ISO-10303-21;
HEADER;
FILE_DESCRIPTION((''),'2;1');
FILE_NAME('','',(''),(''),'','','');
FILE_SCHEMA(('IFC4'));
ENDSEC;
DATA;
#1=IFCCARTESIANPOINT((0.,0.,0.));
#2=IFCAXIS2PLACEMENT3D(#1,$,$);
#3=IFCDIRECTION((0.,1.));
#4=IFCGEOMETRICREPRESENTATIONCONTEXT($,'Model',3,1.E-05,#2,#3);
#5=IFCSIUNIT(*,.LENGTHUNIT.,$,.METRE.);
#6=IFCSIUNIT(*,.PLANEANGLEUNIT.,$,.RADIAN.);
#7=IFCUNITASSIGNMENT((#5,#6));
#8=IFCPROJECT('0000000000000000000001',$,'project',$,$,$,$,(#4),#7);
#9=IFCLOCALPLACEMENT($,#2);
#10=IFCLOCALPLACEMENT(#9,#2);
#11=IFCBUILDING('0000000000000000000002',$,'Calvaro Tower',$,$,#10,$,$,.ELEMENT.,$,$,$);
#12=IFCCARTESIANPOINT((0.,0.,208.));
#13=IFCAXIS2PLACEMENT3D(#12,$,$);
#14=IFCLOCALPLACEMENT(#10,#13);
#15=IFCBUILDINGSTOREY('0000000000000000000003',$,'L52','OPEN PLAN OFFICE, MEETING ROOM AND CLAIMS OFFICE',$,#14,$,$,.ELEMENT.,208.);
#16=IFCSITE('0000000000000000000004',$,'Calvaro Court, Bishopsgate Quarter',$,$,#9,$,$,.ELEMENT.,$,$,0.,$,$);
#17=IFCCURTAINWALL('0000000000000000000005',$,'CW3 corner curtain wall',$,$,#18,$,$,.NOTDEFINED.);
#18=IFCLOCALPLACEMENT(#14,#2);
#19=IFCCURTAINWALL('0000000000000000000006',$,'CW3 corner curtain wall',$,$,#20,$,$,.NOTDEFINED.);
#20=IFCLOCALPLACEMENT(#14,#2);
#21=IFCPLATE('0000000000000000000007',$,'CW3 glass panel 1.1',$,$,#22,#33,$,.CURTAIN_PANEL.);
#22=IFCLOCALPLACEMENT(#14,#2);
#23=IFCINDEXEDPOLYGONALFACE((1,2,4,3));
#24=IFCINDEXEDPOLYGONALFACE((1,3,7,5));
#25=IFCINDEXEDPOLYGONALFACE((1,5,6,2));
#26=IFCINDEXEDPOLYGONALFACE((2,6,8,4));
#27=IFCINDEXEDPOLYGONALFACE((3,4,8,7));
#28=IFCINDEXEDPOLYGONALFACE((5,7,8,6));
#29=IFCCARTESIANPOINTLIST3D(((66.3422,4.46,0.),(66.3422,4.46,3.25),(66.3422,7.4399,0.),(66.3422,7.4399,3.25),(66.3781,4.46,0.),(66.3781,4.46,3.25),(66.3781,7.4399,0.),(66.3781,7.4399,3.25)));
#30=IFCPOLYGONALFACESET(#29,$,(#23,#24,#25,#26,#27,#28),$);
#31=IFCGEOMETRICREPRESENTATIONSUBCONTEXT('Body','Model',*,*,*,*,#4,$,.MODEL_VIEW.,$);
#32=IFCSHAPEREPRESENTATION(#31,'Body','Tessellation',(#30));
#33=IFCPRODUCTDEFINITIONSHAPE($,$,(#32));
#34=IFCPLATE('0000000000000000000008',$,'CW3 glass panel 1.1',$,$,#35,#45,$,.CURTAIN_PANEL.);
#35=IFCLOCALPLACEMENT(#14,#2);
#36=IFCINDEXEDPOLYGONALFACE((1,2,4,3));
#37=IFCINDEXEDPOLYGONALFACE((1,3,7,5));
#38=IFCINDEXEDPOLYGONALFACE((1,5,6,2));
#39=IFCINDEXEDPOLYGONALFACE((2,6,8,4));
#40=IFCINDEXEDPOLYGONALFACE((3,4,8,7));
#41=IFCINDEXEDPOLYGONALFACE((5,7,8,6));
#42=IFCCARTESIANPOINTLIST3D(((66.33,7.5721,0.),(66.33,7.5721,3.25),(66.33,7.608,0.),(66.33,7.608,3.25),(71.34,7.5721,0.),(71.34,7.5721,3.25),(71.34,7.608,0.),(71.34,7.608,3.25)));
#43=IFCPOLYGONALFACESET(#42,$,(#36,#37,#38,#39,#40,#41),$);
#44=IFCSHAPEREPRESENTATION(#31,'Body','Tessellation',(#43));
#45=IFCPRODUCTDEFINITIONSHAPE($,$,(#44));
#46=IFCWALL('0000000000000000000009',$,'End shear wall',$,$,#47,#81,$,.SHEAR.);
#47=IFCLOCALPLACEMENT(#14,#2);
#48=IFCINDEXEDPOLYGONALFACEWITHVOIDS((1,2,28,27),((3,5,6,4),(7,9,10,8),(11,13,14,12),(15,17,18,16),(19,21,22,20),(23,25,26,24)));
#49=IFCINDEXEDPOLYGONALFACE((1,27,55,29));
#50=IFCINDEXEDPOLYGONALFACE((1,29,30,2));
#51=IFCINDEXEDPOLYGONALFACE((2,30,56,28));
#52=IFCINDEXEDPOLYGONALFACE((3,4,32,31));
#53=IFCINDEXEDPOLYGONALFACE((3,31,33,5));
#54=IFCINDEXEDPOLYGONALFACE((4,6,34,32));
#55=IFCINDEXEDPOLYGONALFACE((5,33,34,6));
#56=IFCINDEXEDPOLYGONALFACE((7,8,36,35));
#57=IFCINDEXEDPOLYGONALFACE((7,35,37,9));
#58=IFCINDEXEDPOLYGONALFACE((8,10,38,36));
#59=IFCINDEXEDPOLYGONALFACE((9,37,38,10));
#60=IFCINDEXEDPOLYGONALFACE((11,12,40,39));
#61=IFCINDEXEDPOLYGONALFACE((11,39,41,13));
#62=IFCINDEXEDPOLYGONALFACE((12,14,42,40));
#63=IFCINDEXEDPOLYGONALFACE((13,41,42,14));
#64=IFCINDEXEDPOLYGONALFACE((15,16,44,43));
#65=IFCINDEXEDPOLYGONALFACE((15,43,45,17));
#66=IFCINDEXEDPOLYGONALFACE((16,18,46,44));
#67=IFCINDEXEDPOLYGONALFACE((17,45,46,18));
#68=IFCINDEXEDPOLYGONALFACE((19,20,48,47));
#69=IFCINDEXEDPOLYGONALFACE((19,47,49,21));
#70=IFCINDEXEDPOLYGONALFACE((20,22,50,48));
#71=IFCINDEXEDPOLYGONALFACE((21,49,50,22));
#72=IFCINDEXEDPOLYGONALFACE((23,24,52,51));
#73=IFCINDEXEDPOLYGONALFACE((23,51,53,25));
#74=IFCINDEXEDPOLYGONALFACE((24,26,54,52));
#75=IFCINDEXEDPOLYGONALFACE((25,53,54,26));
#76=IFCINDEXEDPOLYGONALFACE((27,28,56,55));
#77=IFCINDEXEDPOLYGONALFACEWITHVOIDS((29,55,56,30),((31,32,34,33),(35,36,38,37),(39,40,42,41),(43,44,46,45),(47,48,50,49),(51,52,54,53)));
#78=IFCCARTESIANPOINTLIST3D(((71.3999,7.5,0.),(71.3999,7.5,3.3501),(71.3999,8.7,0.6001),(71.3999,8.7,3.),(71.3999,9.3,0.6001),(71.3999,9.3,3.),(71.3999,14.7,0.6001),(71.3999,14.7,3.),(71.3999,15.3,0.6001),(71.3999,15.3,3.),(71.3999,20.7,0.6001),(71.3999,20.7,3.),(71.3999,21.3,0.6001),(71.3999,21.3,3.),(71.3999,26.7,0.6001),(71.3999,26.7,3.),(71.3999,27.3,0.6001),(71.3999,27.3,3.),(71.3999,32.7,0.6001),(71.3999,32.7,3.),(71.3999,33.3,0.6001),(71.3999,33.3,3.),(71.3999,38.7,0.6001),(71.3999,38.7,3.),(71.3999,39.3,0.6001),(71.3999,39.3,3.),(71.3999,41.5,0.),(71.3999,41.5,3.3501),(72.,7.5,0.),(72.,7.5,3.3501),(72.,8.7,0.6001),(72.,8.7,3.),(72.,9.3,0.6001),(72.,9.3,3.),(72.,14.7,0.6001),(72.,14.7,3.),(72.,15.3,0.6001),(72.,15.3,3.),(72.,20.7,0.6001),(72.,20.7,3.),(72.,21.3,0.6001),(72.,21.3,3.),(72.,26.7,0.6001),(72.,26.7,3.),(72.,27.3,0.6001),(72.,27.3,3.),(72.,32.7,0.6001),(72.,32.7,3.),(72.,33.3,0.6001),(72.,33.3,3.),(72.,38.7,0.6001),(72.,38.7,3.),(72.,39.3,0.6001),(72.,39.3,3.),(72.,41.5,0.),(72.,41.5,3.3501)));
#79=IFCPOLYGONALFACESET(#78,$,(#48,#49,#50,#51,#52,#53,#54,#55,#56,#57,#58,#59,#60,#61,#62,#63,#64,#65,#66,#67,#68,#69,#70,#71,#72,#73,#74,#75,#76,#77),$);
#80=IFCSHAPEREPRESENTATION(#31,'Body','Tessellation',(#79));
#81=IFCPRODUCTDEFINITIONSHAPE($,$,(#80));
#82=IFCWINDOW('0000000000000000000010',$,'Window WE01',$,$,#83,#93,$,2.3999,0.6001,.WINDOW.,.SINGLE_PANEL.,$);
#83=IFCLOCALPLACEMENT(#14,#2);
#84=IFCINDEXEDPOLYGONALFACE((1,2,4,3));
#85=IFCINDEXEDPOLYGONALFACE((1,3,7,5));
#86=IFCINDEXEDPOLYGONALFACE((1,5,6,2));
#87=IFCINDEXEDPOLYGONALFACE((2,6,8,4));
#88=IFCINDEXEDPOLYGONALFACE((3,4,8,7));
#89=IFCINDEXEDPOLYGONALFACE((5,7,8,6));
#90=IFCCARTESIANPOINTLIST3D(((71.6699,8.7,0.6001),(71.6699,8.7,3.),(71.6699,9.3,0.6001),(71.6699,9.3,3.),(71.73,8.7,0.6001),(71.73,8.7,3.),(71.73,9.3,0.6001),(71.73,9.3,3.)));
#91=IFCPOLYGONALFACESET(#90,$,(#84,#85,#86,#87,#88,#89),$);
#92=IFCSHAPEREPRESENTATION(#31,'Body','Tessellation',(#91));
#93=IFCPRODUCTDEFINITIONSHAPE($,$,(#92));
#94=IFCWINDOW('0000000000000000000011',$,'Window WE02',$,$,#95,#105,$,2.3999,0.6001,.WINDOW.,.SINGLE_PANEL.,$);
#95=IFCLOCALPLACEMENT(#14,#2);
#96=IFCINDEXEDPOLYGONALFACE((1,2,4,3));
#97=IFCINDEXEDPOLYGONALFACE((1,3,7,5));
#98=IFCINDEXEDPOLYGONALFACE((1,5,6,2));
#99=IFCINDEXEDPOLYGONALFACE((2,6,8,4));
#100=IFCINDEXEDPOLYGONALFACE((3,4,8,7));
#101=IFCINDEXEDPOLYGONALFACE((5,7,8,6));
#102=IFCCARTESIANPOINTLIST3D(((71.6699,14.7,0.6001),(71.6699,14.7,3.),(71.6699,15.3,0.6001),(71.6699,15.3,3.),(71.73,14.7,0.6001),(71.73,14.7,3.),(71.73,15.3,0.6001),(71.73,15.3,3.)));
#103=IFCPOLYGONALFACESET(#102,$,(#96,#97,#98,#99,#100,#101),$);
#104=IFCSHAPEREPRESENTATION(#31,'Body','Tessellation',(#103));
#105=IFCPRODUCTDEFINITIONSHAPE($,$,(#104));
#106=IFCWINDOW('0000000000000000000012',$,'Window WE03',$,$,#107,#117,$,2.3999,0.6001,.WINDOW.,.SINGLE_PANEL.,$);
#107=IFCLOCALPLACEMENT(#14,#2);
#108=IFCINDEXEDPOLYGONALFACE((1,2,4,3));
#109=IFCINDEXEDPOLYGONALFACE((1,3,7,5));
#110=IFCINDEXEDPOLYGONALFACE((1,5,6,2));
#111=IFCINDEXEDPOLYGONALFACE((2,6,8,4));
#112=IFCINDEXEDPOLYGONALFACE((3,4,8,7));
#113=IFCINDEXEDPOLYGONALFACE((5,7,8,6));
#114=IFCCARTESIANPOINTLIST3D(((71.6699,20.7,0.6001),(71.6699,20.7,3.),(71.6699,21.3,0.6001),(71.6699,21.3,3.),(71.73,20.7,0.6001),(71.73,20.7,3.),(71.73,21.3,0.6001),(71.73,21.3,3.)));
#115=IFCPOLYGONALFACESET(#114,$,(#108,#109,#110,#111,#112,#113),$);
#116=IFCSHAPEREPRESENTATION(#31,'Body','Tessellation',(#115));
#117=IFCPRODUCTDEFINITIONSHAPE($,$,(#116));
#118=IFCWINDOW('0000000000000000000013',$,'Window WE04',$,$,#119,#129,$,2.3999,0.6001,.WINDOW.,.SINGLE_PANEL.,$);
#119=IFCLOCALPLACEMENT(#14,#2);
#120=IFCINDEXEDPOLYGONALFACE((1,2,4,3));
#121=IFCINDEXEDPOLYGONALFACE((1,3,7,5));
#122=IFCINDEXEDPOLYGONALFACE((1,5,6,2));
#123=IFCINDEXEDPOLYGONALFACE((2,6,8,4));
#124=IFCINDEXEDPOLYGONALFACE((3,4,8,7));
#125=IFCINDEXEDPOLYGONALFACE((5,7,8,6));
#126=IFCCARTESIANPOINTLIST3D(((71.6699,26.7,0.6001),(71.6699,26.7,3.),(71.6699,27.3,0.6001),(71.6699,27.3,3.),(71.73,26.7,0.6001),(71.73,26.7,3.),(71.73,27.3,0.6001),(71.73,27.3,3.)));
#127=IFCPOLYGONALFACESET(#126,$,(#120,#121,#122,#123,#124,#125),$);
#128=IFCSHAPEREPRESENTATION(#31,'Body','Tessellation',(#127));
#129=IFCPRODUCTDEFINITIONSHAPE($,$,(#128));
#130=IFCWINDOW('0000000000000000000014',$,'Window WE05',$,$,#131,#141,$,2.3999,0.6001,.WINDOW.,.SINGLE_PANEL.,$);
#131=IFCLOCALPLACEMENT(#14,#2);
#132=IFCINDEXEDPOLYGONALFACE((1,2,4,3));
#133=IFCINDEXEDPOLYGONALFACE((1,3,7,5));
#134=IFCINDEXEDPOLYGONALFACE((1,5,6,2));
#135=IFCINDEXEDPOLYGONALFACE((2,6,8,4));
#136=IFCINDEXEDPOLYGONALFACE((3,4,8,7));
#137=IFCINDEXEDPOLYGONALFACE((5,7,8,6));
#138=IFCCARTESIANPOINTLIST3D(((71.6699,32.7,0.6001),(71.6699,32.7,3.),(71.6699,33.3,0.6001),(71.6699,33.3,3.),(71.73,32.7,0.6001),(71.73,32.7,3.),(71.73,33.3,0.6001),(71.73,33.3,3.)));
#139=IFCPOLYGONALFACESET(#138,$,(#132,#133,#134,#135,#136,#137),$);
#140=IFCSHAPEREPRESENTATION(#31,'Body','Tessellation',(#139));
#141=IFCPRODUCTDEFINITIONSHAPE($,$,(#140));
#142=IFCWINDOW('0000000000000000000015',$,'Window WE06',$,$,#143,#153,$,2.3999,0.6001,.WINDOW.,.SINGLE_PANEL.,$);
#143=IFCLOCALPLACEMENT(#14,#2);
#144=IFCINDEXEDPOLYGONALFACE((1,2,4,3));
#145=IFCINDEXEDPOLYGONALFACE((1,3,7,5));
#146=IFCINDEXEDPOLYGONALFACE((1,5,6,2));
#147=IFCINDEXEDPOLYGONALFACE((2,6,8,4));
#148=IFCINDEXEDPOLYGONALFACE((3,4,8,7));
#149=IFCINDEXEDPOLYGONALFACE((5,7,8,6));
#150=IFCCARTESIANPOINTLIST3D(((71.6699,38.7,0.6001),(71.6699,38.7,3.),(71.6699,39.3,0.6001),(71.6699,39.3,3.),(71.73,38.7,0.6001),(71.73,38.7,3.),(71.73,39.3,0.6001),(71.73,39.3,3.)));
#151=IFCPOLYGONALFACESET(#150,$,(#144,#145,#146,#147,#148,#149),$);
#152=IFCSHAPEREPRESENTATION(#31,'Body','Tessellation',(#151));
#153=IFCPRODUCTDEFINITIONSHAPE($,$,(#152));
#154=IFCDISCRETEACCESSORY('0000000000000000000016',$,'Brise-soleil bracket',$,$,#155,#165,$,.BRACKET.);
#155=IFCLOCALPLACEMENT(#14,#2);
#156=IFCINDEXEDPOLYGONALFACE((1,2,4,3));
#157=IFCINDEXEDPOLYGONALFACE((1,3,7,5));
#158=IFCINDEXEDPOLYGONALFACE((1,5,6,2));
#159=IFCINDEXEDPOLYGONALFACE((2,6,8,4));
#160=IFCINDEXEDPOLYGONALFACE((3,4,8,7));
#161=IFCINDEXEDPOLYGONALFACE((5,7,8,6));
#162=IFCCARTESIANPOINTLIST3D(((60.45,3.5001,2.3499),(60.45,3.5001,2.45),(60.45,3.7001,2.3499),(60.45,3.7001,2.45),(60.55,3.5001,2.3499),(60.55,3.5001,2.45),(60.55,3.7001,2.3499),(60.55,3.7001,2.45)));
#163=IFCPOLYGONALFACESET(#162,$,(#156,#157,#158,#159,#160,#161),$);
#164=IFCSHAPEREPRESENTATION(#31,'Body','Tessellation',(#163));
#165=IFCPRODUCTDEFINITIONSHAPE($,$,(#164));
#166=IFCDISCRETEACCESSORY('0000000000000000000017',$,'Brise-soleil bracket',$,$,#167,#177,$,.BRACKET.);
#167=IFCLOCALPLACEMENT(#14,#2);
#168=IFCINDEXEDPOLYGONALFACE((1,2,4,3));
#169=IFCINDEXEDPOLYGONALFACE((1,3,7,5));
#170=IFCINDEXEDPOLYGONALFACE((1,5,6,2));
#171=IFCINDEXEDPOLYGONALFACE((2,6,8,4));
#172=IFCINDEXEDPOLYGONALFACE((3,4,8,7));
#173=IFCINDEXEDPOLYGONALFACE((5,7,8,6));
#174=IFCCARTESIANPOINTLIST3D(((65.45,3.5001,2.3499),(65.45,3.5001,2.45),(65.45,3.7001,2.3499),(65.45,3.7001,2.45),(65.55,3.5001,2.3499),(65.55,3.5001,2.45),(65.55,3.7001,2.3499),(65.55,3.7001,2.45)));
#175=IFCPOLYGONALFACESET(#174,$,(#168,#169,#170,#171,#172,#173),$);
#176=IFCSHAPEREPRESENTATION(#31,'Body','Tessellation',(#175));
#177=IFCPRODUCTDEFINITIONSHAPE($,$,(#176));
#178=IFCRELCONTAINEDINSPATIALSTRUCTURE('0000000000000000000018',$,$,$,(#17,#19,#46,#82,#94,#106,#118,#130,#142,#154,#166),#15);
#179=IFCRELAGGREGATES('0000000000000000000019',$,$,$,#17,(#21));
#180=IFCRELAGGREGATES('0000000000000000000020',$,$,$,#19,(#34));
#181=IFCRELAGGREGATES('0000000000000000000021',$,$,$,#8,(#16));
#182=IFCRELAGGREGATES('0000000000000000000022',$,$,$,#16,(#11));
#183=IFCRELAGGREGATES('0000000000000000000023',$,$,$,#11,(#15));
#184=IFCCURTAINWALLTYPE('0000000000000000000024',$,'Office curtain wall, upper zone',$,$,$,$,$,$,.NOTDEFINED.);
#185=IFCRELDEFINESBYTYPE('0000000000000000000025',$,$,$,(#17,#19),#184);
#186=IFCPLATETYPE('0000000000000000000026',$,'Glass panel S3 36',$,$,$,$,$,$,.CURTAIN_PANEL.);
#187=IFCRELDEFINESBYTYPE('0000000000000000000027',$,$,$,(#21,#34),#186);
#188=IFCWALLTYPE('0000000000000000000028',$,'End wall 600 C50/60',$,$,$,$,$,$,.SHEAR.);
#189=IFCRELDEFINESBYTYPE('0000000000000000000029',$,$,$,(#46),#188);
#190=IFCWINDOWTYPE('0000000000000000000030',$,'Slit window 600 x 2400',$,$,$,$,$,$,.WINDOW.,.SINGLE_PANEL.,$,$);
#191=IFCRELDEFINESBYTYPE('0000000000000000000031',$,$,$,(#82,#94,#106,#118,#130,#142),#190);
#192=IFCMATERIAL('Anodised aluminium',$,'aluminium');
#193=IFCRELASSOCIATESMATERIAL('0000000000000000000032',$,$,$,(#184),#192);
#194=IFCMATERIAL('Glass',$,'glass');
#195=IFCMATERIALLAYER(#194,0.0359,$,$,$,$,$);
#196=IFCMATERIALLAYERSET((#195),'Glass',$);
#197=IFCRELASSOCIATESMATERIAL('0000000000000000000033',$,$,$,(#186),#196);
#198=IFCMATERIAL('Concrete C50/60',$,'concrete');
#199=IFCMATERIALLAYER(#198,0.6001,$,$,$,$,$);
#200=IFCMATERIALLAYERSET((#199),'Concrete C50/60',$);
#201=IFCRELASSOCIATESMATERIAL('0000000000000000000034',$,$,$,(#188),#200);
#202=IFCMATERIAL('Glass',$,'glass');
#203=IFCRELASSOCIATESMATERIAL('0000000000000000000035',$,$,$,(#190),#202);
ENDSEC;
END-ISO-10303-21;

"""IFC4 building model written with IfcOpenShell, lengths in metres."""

from ifc_helpers import new_model, si_unit, direction, frame, frame_2d, origin, origin_2d, place, context, subcontext, project, spatial, rectangle, extrude, material, layer, layer_set, type_object, element, fill, aggregate, save


model = new_model("IFC4")

# Units and contexts
model_context = context("Model", 3, precision=1e-05, world=origin(), true_north=direction((0.0, 1.0)))
body_context = subcontext(model_context, "Body", "Model", "MODEL_VIEW")
ifc_project = project(units=[si_unit("LENGTHUNIT", "METRE"), si_unit("PLANEANGLEUNIT", "RADIAN")], contexts=[model_context])

# Site, building, storey
site_placement = place(None, origin())
site = spatial("IfcSite", under=ifc_project, at=site_placement, Name="Calvaro Court, Bishopsgate Quarter", CompositionType="ELEMENT", RefElevation=0.0)
building_placement = place(site_placement, origin())
building = spatial("IfcBuilding", under=site, at=building_placement, Name="Calvaro Tower", CompositionType="ELEMENT")
storey_placement = place(building_placement, frame((0.0, 0.0, 208.0)))
storey = spatial("IfcBuildingStorey", under=building, at=storey_placement, Name="L52", Description="OPEN PLAN OFFICE, MEETING ROOM AND CLAIMS OFFICE", CompositionType="ELEMENT", Elevation=208.0)

# Curtain walls
ifc_material_1 = material(Name="Anodised aluminium", Category="aluminium")
curtain_wall_type = type_object("IfcCurtainWallType", Name="Office curtain wall, upper zone", PredefinedType="NOTDEFINED", material=ifc_material_1)
curtain_wall_1_placement = place(storey_placement, origin())
curtain_wall_1 = element("IfcCurtainWall", 1, at=curtain_wall_1_placement, inside=storey, type_object=curtain_wall_type, Name="CW3 corner curtain wall", PredefinedType="NOTDEFINED")
curtain_wall_2_placement = place(storey_placement, origin())
curtain_wall_2 = element("IfcCurtainWall", 2, at=curtain_wall_2_placement, inside=storey, type_object=curtain_wall_type, Name="CW3 corner curtain wall", PredefinedType="NOTDEFINED")

# Plates
ifc_material_2 = material(Name="Glass", Category="glass")
ifc_layer_1 = layer(ifc_material_2, 0.0359)
ifc_layer_set_1 = layer_set([ifc_layer_1], Name="Glass")
plate_type = type_object("IfcPlateType", Name="Glass panel S3 36", PredefinedType="CURTAIN_PANEL", material=ifc_layer_set_1)
plate_1_placement = place(storey_placement, frame((66.3601, 5.95, 0.0), z_axis=(0.0, 0.0, 1.0), x_axis=(0.0, 1.0, 0.0)))
plate_1 = element("IfcPlate", 3, at=plate_1_placement, type_object=plate_type, Name="CW3 glass panel 1.1", PredefinedType="CURTAIN_PANEL", context=body_context, shape_type="SweptSolid", body=[
    extrude(rectangle(XDim=2.98, YDim=0.0359, at=origin_2d()), origin(), (0.0, 0.0, 1.0), 3.25),
])
aggregate(curtain_wall_1, [plate_1])
plate_2_placement = place(storey_placement, frame((68.835, 7.5901, 0.0), z_axis=(0.0, 0.0, 1.0), x_axis=(1.0, 0.0, 0.0)))
plate_2 = element("IfcPlate", 4, at=plate_2_placement, type_object=plate_type, Name="CW3 glass panel 1.1", PredefinedType="CURTAIN_PANEL", context=body_context, shape_type="SweptSolid", body=[
    extrude(rectangle(XDim=5.01, YDim=0.0359, at=origin_2d()), origin(), (0.0, 0.0, 1.0), 3.25),
])
aggregate(curtain_wall_2, [plate_2])

# Wall, openings, windows
ifc_material_3 = material(Name="Concrete C50/60", Category="concrete")
ifc_layer_2 = layer(ifc_material_3, 0.6001)
ifc_layer_set_2 = layer_set([ifc_layer_2], Name="Concrete C50/60")
wall_type = type_object("IfcWallType", Name="End wall 600 C50/60", PredefinedType="SHEAR", material=ifc_layer_set_2)
wall_placement = place(storey_placement, frame((71.7, 7.5, 0.0), z_axis=(0.0, 0.0, 1.0), x_axis=(0.0, 1.0, 0.0)))
wall = element("IfcWall", 5, at=wall_placement, inside=storey, type_object=wall_type, Name="End shear wall", PredefinedType="SHEAR", context=body_context, shape_type="SweptSolid", body=[
    extrude(rectangle(XDim=34.0, YDim=0.6001, at=frame_2d((17.0, 0.0))), origin(), (0.0, 0.0, 1.0), 3.3501),
])
opening_1_placement = place(wall_placement, frame((1.2, 0.0, 0.6001)))
opening_1 = element("IfcOpeningElement", 6, at=opening_1_placement, cuts=wall, PredefinedType="OPENING", context=body_context, shape_type="SweptSolid", body=[
    extrude(rectangle(XDim=0.6001, YDim=2.3999, at=frame_2d((0.3, 1.2))), frame((0.0, 0.3101, 0.0), z_axis=(0.0, -1.0, 0.0), x_axis=(1.0, 0.0, 0.0)), (0.0, 0.0, 1.0), 0.6201),
])
opening_2_placement = place(wall_placement, frame((7.2, 0.0, 0.6001)))
opening_2 = element("IfcOpeningElement", 7, at=opening_2_placement, cuts=wall, PredefinedType="OPENING", context=body_context, shape_type="SweptSolid", body=[
    extrude(rectangle(XDim=0.6001, YDim=2.3999, at=frame_2d((0.3, 1.2))), frame((0.0, 0.3101, 0.0), z_axis=(0.0, -1.0, 0.0), x_axis=(1.0, 0.0, 0.0)), (0.0, 0.0, 1.0), 0.6201),
])
opening_3_placement = place(wall_placement, frame((13.2, 0.0, 0.6001)))
opening_3 = element("IfcOpeningElement", 8, at=opening_3_placement, cuts=wall, PredefinedType="OPENING", context=body_context, shape_type="SweptSolid", body=[
    extrude(rectangle(XDim=0.6001, YDim=2.3999, at=frame_2d((0.3, 1.2))), frame((0.0, 0.3101, 0.0), z_axis=(0.0, -1.0, 0.0), x_axis=(1.0, 0.0, 0.0)), (0.0, 0.0, 1.0), 0.6201),
])
opening_4_placement = place(wall_placement, frame((19.2, 0.0, 0.6001)))
opening_4 = element("IfcOpeningElement", 9, at=opening_4_placement, cuts=wall, PredefinedType="OPENING", context=body_context, shape_type="SweptSolid", body=[
    extrude(rectangle(XDim=0.6001, YDim=2.3999, at=frame_2d((0.3, 1.2))), frame((0.0, 0.3101, 0.0), z_axis=(0.0, -1.0, 0.0), x_axis=(1.0, 0.0, 0.0)), (0.0, 0.0, 1.0), 0.6201),
])
opening_5_placement = place(wall_placement, frame((25.2, 0.0, 0.6001)))
opening_5 = element("IfcOpeningElement", 10, at=opening_5_placement, cuts=wall, PredefinedType="OPENING", context=body_context, shape_type="SweptSolid", body=[
    extrude(rectangle(XDim=0.6001, YDim=2.3999, at=frame_2d((0.3, 1.2))), frame((0.0, 0.3101, 0.0), z_axis=(0.0, -1.0, 0.0), x_axis=(1.0, 0.0, 0.0)), (0.0, 0.0, 1.0), 0.6201),
])
opening_6_placement = place(wall_placement, frame((31.2, 0.0, 0.6001)))
opening_6 = element("IfcOpeningElement", 11, at=opening_6_placement, cuts=wall, PredefinedType="OPENING", context=body_context, shape_type="SweptSolid", body=[
    extrude(rectangle(XDim=0.6001, YDim=2.3999, at=frame_2d((0.3, 1.2))), frame((0.0, 0.3101, 0.0), z_axis=(0.0, -1.0, 0.0), x_axis=(1.0, 0.0, 0.0)), (0.0, 0.0, 1.0), 0.6201),
])
ifc_material_4 = material(Name="Glass", Category="glass")
window_type = type_object("IfcWindowType", Name="Slit window 600 x 2400", PartitioningType="SINGLE_PANEL", PredefinedType="WINDOW", material=ifc_material_4)
window_1_placement = place(opening_1_placement, origin())
window_1 = element("IfcWindow", 12, at=window_1_placement, inside=storey, type_object=window_type, Name="Window WE01", OverallHeight=2.3999, OverallWidth=0.6001, PartitioningType="SINGLE_PANEL", PredefinedType="WINDOW", context=body_context, shape_type="SweptSolid", body=[
    extrude(rectangle(XDim=0.6001, YDim=2.3999, at=frame_2d((0.3, 1.2))), frame((0.0, 0.03, 0.0), z_axis=(0.0, -1.0, 0.0), x_axis=(1.0, 0.0, 0.0)), (0.0, 0.0, 1.0), 0.0601),
])
fill(opening_1, window_1)
window_2_placement = place(opening_2_placement, origin())
window_2 = element("IfcWindow", 13, at=window_2_placement, inside=storey, type_object=window_type, Name="Window WE02", OverallHeight=2.3999, OverallWidth=0.6001, PartitioningType="SINGLE_PANEL", PredefinedType="WINDOW", context=body_context, shape_type="SweptSolid", body=[
    extrude(rectangle(XDim=0.6001, YDim=2.3999, at=frame_2d((0.3, 1.2))), frame((0.0, 0.03, 0.0), z_axis=(0.0, -1.0, 0.0), x_axis=(1.0, 0.0, 0.0)), (0.0, 0.0, 1.0), 0.0601),
])
fill(opening_2, window_2)
window_3_placement = place(opening_3_placement, origin())
window_3 = element("IfcWindow", 14, at=window_3_placement, inside=storey, type_object=window_type, Name="Window WE03", OverallHeight=2.3999, OverallWidth=0.6001, PartitioningType="SINGLE_PANEL", PredefinedType="WINDOW", context=body_context, shape_type="SweptSolid", body=[
    extrude(rectangle(XDim=0.6001, YDim=2.3999, at=frame_2d((0.3, 1.2))), frame((0.0, 0.03, 0.0), z_axis=(0.0, -1.0, 0.0), x_axis=(1.0, 0.0, 0.0)), (0.0, 0.0, 1.0), 0.0601),
])
fill(opening_3, window_3)
window_4_placement = place(opening_4_placement, origin())
window_4 = element("IfcWindow", 15, at=window_4_placement, inside=storey, type_object=window_type, Name="Window WE04", OverallHeight=2.3999, OverallWidth=0.6001, PartitioningType="SINGLE_PANEL", PredefinedType="WINDOW", context=body_context, shape_type="SweptSolid", body=[
    extrude(rectangle(XDim=0.6001, YDim=2.3999, at=frame_2d((0.3, 1.2))), frame((0.0, 0.03, 0.0), z_axis=(0.0, -1.0, 0.0), x_axis=(1.0, 0.0, 0.0)), (0.0, 0.0, 1.0), 0.0601),
])
fill(opening_4, window_4)
window_5_placement = place(opening_5_placement, origin())
window_5 = element("IfcWindow", 16, at=window_5_placement, inside=storey, type_object=window_type, Name="Window WE05", OverallHeight=2.3999, OverallWidth=0.6001, PartitioningType="SINGLE_PANEL", PredefinedType="WINDOW", context=body_context, shape_type="SweptSolid", body=[
    extrude(rectangle(XDim=0.6001, YDim=2.3999, at=frame_2d((0.3, 1.2))), frame((0.0, 0.03, 0.0), z_axis=(0.0, -1.0, 0.0), x_axis=(1.0, 0.0, 0.0)), (0.0, 0.0, 1.0), 0.0601),
])
fill(opening_5, window_5)
window_6_placement = place(opening_6_placement, origin())
window_6 = element("IfcWindow", 17, at=window_6_placement, inside=storey, type_object=window_type, Name="Window WE06", OverallHeight=2.3999, OverallWidth=0.6001, PartitioningType="SINGLE_PANEL", PredefinedType="WINDOW", context=body_context, shape_type="SweptSolid", body=[
    extrude(rectangle(XDim=0.6001, YDim=2.3999, at=frame_2d((0.3, 1.2))), frame((0.0, 0.03, 0.0), z_axis=(0.0, -1.0, 0.0), x_axis=(1.0, 0.0, 0.0)), (0.0, 0.0, 1.0), 0.0601),
])
fill(opening_6, window_6)

# Discrete accessories
for number, where, z_axis, x_axis, name in (
    (18, (60.5, 3.6001, 2.3499), (0.0, 0.0, 1.0), (1.0, 0.0, 0.0), "Brise-soleil bracket"),
    (19, (65.5, 3.6001, 2.3499), (0.0, 0.0, 1.0), (1.0, 0.0, 0.0), "Brise-soleil bracket"),
):
    element("IfcDiscreteAccessory", number, at=place(storey_placement, frame(where, z_axis=z_axis, x_axis=x_axis)), inside=storey, Name=name, PredefinedType="BRACKET", context=body_context, shape_type="SweptSolid", body=[
        extrude(rectangle(XDim=0.1001, YDim=0.2, at=origin_2d()), origin(), (0.0, 0.0, 1.0), 0.1001),
    ])

save(model, "model.ifc")
